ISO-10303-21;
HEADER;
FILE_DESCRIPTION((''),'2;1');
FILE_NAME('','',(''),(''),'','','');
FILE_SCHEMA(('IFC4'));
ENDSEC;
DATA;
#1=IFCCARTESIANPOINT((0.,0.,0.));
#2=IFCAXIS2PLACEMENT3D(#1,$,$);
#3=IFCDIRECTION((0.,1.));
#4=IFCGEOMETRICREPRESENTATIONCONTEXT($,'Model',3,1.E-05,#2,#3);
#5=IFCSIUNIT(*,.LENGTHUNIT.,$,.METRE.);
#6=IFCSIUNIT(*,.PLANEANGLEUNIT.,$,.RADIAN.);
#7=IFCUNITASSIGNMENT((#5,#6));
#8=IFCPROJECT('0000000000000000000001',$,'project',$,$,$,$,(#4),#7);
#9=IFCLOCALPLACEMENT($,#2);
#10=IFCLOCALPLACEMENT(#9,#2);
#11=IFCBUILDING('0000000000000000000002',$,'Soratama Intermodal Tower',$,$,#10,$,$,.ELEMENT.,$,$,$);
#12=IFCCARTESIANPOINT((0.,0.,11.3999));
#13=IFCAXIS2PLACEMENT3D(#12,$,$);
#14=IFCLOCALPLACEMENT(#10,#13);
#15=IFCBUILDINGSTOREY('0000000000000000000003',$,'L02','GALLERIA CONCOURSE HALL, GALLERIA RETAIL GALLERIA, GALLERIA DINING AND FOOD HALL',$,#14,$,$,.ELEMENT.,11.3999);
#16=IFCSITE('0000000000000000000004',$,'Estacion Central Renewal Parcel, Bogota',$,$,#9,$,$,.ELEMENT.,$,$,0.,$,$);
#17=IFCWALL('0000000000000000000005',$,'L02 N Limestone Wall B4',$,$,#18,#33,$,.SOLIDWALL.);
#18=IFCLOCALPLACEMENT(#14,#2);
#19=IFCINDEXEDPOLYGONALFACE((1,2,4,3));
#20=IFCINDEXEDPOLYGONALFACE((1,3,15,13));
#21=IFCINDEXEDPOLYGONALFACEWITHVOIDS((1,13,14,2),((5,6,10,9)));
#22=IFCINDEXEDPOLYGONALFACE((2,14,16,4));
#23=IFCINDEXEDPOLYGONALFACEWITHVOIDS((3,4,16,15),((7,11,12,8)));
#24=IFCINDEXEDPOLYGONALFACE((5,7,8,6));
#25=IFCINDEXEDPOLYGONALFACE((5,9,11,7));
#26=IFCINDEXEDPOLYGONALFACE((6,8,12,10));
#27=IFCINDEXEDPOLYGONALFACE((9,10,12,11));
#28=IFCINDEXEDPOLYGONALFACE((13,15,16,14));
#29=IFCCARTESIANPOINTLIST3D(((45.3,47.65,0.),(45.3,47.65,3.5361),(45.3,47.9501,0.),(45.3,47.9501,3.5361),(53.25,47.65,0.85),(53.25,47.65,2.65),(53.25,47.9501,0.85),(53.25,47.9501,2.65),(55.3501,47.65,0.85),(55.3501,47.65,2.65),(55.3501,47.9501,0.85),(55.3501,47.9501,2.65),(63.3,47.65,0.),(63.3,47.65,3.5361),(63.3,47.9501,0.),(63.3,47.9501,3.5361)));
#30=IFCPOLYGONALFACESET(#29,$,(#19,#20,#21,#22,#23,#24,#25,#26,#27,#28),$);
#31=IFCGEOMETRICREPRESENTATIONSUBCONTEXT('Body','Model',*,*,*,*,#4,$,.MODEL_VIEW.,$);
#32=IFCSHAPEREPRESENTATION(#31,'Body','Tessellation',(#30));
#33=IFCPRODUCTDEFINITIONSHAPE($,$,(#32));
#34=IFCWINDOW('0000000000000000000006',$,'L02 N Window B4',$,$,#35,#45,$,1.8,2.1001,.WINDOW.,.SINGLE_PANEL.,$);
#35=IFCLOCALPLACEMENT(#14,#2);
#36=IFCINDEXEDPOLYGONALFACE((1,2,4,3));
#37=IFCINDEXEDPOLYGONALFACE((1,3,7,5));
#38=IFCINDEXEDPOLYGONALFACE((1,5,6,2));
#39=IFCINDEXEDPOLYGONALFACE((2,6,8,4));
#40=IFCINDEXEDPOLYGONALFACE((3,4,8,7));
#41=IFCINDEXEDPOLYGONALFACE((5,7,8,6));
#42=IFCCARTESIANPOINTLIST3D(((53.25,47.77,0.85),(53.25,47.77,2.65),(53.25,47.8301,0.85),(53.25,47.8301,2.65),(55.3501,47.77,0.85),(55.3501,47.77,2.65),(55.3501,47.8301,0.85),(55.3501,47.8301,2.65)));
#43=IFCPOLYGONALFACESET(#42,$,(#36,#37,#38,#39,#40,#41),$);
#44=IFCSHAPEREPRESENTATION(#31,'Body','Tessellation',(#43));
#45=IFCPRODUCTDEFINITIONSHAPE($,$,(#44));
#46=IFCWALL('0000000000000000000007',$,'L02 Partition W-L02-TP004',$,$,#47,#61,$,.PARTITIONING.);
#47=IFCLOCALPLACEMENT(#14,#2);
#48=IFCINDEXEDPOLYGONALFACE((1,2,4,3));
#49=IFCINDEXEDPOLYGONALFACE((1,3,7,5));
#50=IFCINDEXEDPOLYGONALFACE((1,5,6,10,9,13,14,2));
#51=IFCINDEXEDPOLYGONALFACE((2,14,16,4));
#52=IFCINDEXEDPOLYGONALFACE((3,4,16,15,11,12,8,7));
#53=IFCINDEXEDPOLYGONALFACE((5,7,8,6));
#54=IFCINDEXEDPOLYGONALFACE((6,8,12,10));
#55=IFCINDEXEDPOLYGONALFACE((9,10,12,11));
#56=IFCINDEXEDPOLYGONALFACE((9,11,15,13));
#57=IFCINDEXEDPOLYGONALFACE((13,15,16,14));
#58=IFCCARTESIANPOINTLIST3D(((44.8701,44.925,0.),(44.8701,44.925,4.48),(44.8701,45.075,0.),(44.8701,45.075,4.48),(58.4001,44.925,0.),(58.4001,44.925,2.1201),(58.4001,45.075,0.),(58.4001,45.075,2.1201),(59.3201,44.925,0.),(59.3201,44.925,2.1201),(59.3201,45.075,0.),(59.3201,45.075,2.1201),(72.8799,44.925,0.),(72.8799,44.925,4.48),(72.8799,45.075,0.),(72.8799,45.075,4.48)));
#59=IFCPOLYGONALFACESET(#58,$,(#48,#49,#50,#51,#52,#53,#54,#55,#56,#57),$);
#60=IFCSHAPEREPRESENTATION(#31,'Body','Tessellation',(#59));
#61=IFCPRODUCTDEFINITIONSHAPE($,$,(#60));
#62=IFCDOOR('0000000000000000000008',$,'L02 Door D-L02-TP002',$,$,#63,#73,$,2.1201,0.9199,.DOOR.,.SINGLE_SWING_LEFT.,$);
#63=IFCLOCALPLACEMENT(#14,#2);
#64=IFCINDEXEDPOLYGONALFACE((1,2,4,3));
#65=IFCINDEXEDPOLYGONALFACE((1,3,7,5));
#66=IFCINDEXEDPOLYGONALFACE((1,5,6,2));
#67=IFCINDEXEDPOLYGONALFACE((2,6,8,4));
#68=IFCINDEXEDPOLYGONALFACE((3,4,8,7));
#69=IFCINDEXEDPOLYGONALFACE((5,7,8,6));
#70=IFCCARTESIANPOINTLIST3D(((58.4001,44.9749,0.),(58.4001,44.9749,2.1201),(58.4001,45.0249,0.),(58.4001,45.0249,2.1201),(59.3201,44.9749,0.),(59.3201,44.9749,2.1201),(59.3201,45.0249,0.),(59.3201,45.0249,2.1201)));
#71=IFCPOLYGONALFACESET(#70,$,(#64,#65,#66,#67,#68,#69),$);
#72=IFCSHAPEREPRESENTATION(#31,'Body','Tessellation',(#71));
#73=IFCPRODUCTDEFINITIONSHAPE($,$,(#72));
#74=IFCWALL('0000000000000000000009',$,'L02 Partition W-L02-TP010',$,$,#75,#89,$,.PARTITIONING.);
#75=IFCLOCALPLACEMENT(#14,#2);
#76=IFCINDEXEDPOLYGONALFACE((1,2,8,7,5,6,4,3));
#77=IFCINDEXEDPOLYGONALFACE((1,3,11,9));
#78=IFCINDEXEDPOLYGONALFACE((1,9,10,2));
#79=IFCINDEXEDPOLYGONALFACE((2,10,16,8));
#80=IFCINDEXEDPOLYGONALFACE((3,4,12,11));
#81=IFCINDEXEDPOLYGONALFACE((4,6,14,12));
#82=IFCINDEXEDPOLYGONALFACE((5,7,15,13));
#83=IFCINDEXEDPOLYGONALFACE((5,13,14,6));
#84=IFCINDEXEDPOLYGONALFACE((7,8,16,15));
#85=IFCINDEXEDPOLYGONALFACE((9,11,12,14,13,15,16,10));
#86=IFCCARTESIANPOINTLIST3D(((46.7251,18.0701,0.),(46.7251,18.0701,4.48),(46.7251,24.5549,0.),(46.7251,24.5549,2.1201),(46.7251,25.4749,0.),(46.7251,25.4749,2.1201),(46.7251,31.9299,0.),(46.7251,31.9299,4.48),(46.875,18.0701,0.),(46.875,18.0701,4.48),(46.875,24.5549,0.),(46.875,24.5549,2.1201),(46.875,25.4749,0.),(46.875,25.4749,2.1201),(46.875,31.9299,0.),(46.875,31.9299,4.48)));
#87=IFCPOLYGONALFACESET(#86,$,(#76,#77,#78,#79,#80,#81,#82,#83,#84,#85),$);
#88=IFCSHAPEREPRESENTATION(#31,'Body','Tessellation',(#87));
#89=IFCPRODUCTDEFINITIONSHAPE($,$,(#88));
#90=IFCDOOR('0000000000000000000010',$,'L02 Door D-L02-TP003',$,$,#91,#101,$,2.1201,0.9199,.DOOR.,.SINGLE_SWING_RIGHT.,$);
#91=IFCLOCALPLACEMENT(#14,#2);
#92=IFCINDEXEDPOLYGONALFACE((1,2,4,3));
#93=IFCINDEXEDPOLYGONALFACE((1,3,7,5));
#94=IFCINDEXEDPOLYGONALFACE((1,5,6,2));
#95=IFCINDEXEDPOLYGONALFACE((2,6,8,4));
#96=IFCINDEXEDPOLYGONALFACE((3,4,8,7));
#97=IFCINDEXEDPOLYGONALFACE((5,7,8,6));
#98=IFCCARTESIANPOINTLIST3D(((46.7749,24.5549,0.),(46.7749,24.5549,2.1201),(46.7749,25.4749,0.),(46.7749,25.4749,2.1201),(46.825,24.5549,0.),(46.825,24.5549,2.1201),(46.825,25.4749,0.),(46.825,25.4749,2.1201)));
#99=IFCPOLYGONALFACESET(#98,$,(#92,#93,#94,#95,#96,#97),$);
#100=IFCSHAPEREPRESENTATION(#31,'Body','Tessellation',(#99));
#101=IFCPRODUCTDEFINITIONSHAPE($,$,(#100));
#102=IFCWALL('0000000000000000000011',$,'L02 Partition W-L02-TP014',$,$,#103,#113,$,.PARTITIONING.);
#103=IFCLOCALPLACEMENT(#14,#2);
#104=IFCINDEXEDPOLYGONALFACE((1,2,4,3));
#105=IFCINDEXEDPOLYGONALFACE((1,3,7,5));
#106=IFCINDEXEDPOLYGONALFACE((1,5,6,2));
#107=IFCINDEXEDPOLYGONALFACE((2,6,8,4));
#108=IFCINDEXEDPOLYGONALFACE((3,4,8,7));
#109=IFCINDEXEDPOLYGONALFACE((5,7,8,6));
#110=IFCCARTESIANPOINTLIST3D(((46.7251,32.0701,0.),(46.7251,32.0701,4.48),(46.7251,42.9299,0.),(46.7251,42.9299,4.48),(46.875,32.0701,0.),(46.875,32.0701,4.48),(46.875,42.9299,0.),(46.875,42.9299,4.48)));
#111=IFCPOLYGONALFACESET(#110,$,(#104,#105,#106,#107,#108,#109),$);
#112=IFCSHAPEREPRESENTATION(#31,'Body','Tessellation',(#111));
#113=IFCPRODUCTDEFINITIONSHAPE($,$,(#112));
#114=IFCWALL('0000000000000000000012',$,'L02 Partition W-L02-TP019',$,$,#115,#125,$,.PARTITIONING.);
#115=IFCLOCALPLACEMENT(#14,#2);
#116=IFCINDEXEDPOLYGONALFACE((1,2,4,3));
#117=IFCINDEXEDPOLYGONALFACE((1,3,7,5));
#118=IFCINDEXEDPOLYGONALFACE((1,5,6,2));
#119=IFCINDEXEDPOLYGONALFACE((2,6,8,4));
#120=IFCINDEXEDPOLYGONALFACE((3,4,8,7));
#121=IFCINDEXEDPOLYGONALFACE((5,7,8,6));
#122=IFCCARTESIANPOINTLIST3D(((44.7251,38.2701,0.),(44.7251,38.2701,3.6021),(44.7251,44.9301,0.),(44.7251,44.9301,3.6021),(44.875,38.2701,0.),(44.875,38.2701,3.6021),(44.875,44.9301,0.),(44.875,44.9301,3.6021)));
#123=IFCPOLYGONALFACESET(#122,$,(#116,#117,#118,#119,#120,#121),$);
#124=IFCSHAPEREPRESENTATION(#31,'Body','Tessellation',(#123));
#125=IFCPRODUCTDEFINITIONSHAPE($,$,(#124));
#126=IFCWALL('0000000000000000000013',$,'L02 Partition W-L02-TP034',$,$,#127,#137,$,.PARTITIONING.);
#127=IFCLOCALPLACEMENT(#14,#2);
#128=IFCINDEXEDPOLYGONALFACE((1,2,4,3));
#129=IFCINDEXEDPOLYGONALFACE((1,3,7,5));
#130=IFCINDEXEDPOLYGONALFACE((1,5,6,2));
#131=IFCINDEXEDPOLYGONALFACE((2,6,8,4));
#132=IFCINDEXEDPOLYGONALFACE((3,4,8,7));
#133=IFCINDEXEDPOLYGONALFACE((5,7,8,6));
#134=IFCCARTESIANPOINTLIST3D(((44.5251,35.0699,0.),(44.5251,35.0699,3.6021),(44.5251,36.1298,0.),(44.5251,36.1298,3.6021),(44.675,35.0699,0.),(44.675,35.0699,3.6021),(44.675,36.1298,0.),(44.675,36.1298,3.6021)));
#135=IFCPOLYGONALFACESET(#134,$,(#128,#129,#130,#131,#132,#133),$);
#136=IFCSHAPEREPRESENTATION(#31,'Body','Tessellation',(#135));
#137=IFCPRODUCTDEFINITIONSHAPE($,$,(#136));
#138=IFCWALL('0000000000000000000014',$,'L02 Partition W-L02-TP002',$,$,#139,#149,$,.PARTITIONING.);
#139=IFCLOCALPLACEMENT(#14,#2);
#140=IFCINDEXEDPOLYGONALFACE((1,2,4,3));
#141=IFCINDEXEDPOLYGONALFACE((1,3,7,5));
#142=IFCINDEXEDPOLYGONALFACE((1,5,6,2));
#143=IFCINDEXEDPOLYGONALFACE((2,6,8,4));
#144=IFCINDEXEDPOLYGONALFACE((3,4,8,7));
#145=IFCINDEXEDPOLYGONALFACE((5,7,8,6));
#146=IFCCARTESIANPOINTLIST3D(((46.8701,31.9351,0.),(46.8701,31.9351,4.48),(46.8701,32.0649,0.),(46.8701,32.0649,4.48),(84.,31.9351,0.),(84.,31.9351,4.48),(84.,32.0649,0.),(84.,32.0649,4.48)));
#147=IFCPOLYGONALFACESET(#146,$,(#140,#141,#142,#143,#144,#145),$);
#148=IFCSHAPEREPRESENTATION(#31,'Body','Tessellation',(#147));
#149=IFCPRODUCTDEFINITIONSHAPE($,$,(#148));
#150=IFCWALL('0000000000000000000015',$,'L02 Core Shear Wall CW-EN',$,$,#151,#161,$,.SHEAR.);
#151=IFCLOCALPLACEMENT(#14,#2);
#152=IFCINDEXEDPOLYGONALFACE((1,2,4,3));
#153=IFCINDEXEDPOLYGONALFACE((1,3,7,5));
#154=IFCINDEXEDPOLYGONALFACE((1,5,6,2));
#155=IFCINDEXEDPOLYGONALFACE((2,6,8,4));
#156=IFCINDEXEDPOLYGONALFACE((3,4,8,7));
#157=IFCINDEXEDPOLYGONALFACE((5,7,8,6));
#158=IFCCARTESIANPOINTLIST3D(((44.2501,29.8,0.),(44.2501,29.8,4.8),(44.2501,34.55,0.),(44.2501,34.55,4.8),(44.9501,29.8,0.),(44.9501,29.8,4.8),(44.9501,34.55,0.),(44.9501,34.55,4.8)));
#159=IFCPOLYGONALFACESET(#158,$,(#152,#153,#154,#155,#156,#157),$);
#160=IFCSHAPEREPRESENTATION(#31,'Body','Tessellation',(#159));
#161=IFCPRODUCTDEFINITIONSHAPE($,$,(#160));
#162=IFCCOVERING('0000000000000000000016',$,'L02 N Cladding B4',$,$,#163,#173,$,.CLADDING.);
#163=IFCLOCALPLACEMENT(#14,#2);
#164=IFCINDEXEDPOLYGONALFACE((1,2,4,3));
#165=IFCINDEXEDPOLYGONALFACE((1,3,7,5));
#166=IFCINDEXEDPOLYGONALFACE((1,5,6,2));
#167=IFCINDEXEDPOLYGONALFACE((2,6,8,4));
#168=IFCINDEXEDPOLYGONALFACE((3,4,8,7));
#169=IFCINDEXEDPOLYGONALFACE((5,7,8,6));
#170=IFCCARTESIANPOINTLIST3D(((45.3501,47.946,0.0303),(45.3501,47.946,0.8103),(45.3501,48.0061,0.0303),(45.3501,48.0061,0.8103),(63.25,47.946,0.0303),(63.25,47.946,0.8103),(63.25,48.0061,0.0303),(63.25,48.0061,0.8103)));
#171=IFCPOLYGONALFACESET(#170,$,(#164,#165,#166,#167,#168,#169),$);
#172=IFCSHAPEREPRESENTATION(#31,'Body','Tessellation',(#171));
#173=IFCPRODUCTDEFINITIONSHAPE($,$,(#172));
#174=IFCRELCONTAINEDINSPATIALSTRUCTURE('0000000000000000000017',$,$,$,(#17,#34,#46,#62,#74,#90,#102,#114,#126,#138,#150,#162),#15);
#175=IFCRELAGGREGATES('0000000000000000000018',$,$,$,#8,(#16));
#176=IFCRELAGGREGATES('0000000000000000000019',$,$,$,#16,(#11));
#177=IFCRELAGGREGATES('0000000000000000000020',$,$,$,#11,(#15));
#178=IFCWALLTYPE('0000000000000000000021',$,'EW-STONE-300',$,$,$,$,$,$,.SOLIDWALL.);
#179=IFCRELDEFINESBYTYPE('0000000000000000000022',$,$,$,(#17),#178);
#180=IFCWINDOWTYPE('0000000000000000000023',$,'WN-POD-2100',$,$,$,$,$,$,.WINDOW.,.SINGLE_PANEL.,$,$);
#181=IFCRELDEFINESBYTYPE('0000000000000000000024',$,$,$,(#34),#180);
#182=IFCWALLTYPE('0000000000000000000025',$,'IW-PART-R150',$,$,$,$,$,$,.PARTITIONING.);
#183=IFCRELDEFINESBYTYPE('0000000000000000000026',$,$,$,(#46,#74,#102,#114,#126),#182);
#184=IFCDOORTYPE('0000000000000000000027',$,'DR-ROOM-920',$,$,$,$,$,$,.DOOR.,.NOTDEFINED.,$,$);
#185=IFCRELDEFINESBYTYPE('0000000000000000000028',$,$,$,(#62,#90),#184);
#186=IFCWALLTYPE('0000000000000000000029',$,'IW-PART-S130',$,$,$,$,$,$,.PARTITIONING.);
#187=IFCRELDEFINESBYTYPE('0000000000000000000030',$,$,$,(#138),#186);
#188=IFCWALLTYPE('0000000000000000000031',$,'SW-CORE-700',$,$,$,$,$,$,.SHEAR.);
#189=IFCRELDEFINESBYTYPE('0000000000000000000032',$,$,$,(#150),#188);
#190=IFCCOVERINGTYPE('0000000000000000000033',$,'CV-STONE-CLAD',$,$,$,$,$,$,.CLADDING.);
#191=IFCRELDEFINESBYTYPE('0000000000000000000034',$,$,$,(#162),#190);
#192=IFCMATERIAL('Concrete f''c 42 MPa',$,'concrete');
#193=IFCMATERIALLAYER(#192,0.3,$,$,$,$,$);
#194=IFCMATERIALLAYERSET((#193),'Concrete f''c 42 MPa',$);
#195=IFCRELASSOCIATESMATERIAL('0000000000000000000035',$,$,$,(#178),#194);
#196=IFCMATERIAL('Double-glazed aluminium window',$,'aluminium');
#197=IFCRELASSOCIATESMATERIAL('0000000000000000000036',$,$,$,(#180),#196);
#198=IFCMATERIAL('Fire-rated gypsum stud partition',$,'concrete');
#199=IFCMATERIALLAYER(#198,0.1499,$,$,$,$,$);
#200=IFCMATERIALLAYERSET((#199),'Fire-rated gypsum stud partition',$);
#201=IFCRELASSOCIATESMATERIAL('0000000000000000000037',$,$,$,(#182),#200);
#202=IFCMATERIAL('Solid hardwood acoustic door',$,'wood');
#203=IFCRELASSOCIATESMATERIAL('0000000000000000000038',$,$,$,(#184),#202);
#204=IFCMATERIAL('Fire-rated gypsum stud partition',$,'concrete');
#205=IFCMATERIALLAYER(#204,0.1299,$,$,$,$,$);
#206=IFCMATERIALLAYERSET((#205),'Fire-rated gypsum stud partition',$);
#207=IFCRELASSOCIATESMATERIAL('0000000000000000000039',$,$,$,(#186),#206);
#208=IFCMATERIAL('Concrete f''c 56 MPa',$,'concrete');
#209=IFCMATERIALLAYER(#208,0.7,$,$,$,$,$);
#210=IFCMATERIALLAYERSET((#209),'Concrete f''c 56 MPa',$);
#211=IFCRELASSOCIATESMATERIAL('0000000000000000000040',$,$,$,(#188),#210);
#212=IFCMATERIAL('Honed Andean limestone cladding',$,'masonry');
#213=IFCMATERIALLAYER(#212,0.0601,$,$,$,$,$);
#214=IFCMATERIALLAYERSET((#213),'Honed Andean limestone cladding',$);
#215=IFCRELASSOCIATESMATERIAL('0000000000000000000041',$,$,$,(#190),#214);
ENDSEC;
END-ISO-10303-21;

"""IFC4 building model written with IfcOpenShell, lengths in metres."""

from ifc_helpers import new_model, si_unit, direction, frame, frame_2d, origin, origin_2d, place, context, subcontext, project, spatial, rectangle, extrude, material, layer, layer_set, type_object, element, fill, save


model = new_model("IFC4")

# Units and contexts
model_context = context("Model", 3, precision=1e-05, world=origin(), true_north=direction((0.0, 1.0)))
body_context = subcontext(model_context, "Body", "Model", "MODEL_VIEW")
ifc_project = project(units=[si_unit("LENGTHUNIT", "METRE"), si_unit("PLANEANGLEUNIT", "RADIAN")], contexts=[model_context])

# Site, building, storey
site_placement = place(None, origin())
site = spatial("IfcSite", under=ifc_project, at=site_placement, Name="Estacion Central Renewal Parcel, Bogota", CompositionType="ELEMENT", RefElevation=0.0)
building_placement = place(site_placement, origin())
building = spatial("IfcBuilding", under=site, at=building_placement, Name="Soratama Intermodal Tower", CompositionType="ELEMENT")
storey_placement = place(building_placement, frame((0.0, 0.0, 11.3999)))
storey = spatial("IfcBuildingStorey", under=building, at=storey_placement, Name="L02", Description="GALLERIA CONCOURSE HALL, GALLERIA RETAIL GALLERIA, GALLERIA DINING AND FOOD HALL", CompositionType="ELEMENT", Elevation=11.3999)

# Wall, opening, window
ifc_material_1 = material(Name="Concrete f'c 42 MPa", Category="concrete")
ifc_layer_1 = layer(ifc_material_1, 0.3)
ifc_layer_set_1 = layer_set([ifc_layer_1], Name="Concrete f'c 42 MPa")
wall_type_1 = type_object("IfcWallType", Name="EW-STONE-300", PredefinedType="SOLIDWALL", material=ifc_layer_set_1)
wall_1_placement = place(storey_placement, frame((45.3, 47.8, 0.0), z_axis=(0.0, 0.0, 1.0), x_axis=(1.0, 0.0, 0.0)))
wall_1 = element("IfcWall", 1, at=wall_1_placement, inside=storey, type_object=wall_type_1, Name="L02 N Limestone Wall B4", PredefinedType="SOLIDWALL", context=body_context, shape_type="SweptSolid", body=[
    extrude(rectangle(XDim=18.0, YDim=0.3, at=frame_2d((9.0, 0.0))), origin(), (0.0, 0.0, 1.0), 3.5361),
])
opening_1_placement = place(wall_1_placement, frame((7.95, 0.0, 0.8501)))
opening_1 = element("IfcOpeningElement", 2, at=opening_1_placement, cuts=wall_1, PredefinedType="OPENING", context=body_context, shape_type="SweptSolid", body=[
    extrude(rectangle(XDim=2.1001, YDim=1.8, at=frame_2d((1.05, 0.8999))), frame((0.0, 0.1599, 0.0), z_axis=(0.0, -1.0, 0.0), x_axis=(1.0, 0.0, 0.0)), (0.0, 0.0, 1.0), 0.3201),
])
ifc_material_2 = material(Name="Double-glazed aluminium window", Category="aluminium")
window_type = type_object("IfcWindowType", Name="WN-POD-2100", PartitioningType="SINGLE_PANEL", PredefinedType="WINDOW", material=ifc_material_2)
window_placement = place(opening_1_placement, origin())
window = element("IfcWindow", 3, at=window_placement, inside=storey, type_object=window_type, Name="L02 N Window B4", OverallHeight=1.8, OverallWidth=2.1001, PartitioningType="SINGLE_PANEL", PredefinedType="WINDOW", context=body_context, shape_type="SweptSolid", body=[
    extrude(rectangle(XDim=2.1001, YDim=1.8, at=frame_2d((1.05, 0.8999))), frame((0.0, 0.03, 0.0), z_axis=(0.0, -1.0, 0.0), x_axis=(1.0, 0.0, 0.0)), (0.0, 0.0, 1.0), 0.0601),
])
fill(opening_1, window)

# Walls, openings, doors
ifc_material_3 = material(Name="Fire-rated gypsum stud partition", Category="concrete")
ifc_layer_2 = layer(ifc_material_3, 0.1499)
ifc_layer_set_2 = layer_set([ifc_layer_2], Name="Fire-rated gypsum stud partition")
wall_type_2 = type_object("IfcWallType", Name="IW-PART-R150", PredefinedType="PARTITIONING", material=ifc_layer_set_2)
wall_2_placement = place(storey_placement, frame((44.8701, 45.0, 0.0), z_axis=(0.0, 0.0, 1.0), x_axis=(1.0, 0.0, 0.0)))
wall_2 = element("IfcWall", 4, at=wall_2_placement, inside=storey, type_object=wall_type_2, Name="L02 Partition W-L02-TP004", PredefinedType="PARTITIONING", context=body_context, shape_type="SweptSolid", body=[
    extrude(rectangle(XDim=28.0098, YDim=0.1499, at=frame_2d((14.0049, 0.0))), origin(), (0.0, 0.0, 1.0), 4.48),
])
opening_2_placement = place(wall_2_placement, frame((13.53, 0.0, 0.0)))
opening_2 = element("IfcOpeningElement", 5, at=opening_2_placement, cuts=wall_2, PredefinedType="OPENING", context=body_context, shape_type="SweptSolid", body=[
    extrude(rectangle(XDim=0.9199, YDim=2.1201, at=frame_2d((0.46, 1.0601))), frame((0.0, 0.085, 0.0), z_axis=(0.0, -1.0, 0.0), x_axis=(1.0, 0.0, 0.0)), (0.0, 0.0, 1.0), 0.1699),
])
ifc_material_4 = material(Name="Solid hardwood acoustic door", Category="wood")
door_type = type_object("IfcDoorType", Name="DR-ROOM-920", OperationType="NOTDEFINED", PredefinedType="DOOR", material=ifc_material_4)
door_1_placement = place(opening_2_placement, origin())
door_1 = element("IfcDoor", 6, at=door_1_placement, inside=storey, type_object=door_type, Name="L02 Door D-L02-TP002", OperationType="SINGLE_SWING_LEFT", OverallHeight=2.1201, OverallWidth=0.9199, PredefinedType="DOOR", context=body_context, shape_type="SweptSolid", body=[
    extrude(rectangle(XDim=0.9199, YDim=2.1201, at=frame_2d((0.46, 1.0601))), frame((0.0, 0.0249, 0.0), z_axis=(0.0, -1.0, 0.0), x_axis=(1.0, 0.0, 0.0)), (0.0, 0.0, 1.0), 0.05),
])
fill(opening_2, door_1)
wall_3_placement = place(storey_placement, frame((46.8, 31.9299, 0.0), z_axis=(0.0, 0.0, 1.0), x_axis=(0.0, -1.0, 0.0)))
wall_3 = element("IfcWall", 7, at=wall_3_placement, inside=storey, type_object=wall_type_2, Name="L02 Partition W-L02-TP010", PredefinedType="PARTITIONING", context=body_context, shape_type="SweptSolid", body=[
    extrude(rectangle(XDim=13.8599, YDim=0.1499, at=frame_2d((6.9299, 0.0))), origin(), (0.0, 0.0, 1.0), 4.48),
])
opening_3_placement = place(wall_3_placement, frame((6.4551, 0.0, 0.0)))
opening_3 = element("IfcOpeningElement", 8, at=opening_3_placement, cuts=wall_3, PredefinedType="OPENING", context=body_context, shape_type="SweptSolid", body=[
    extrude(rectangle(XDim=0.9199, YDim=2.1201, at=frame_2d((0.46, 1.0601))), frame((0.0, 0.085, 0.0), z_axis=(0.0, -1.0, 0.0), x_axis=(1.0, 0.0, 0.0)), (0.0, 0.0, 1.0), 0.1699),
])
door_2_placement = place(opening_3_placement, origin())
door_2 = element("IfcDoor", 9, at=door_2_placement, inside=storey, type_object=door_type, Name="L02 Door D-L02-TP003", OperationType="SINGLE_SWING_RIGHT", OverallHeight=2.1201, OverallWidth=0.9199, PredefinedType="DOOR", context=body_context, shape_type="SweptSolid", body=[
    extrude(rectangle(XDim=0.9199, YDim=2.1201, at=frame_2d((0.46, 1.0601))), frame((0.0, 0.0249, 0.0), z_axis=(0.0, -1.0, 0.0), x_axis=(1.0, 0.0, 0.0)), (0.0, 0.0, 1.0), 0.05),
])
fill(opening_3, door_2)

# Walls
wall_4_placement = place(storey_placement, frame((46.8, 42.9299, 0.0), z_axis=(0.0, 0.0, 1.0), x_axis=(0.0, -1.0, 0.0)))
element("IfcWall", 10, at=wall_4_placement, inside=storey, type_object=wall_type_2, Name="L02 Partition W-L02-TP014", PredefinedType="PARTITIONING", context=body_context, shape_type="SweptSolid", body=[
    extrude(rectangle(XDim=10.8599, YDim=0.1499, at=frame_2d((5.4299, 0.0))), origin(), (0.0, 0.0, 1.0), 4.48),
])
wall_5_placement = place(storey_placement, frame((44.8, 38.27, 0.0), z_axis=(0.0, 0.0, 1.0), x_axis=(0.0, 1.0, 0.0)))
element("IfcWall", 11, at=wall_5_placement, inside=storey, type_object=wall_type_2, Name="L02 Partition W-L02-TP019", PredefinedType="PARTITIONING", context=body_context, shape_type="SweptSolid", body=[
    extrude(rectangle(XDim=6.6599, YDim=0.1499, at=frame_2d((3.3301, 0.0))), origin(), (0.0, 0.0, 1.0), 3.6021),
])
wall_6_placement = place(storey_placement, frame((44.6001, 35.0701, 0.0), z_axis=(0.0, 0.0, 1.0), x_axis=(0.0, 1.0, 0.0)))
element("IfcWall", 12, at=wall_6_placement, inside=storey, type_object=wall_type_2, Name="L02 Partition W-L02-TP034", PredefinedType="PARTITIONING", context=body_context, shape_type="SweptSolid", body=[
    extrude(rectangle(XDim=1.0598, YDim=0.1499, at=frame_2d((0.5298, 0.0))), origin(), (0.0, 0.0, 1.0), 3.6021),
])
ifc_material_5 = material(Name="Fire-rated gypsum stud partition", Category="concrete")
ifc_layer_3 = layer(ifc_material_5, 0.1299)
ifc_layer_set_3 = layer_set([ifc_layer_3], Name="Fire-rated gypsum stud partition")
wall_type_3 = type_object("IfcWallType", Name="IW-PART-S130", PredefinedType="PARTITIONING", material=ifc_layer_set_3)
wall_7_placement = place(storey_placement, frame((46.8701, 32.0, 0.0), z_axis=(0.0, 0.0, 1.0), x_axis=(1.0, 0.0, 0.0)))
element("IfcWall", 13, at=wall_7_placement, inside=storey, type_object=wall_type_3, Name="L02 Partition W-L02-TP002", PredefinedType="PARTITIONING", context=body_context, shape_type="SweptSolid", body=[
    extrude(rectangle(XDim=37.1299, YDim=0.1299, at=frame_2d((18.5649, 0.0))), origin(), (0.0, 0.0, 1.0), 4.48),
])
ifc_material_6 = material(Name="Concrete f'c 56 MPa", Category="concrete")
ifc_layer_4 = layer(ifc_material_6, 0.7)
ifc_layer_set_4 = layer_set([ifc_layer_4], Name="Concrete f'c 56 MPa")
wall_type_4 = type_object("IfcWallType", Name="SW-CORE-700", PredefinedType="SHEAR", material=ifc_layer_set_4)
wall_8_placement = place(storey_placement, frame((44.6001, 29.8, 0.0), z_axis=(0.0, 0.0, 1.0), x_axis=(0.0, 1.0, 0.0)))
element("IfcWall", 14, at=wall_8_placement, inside=storey, type_object=wall_type_4, Name="L02 Core Shear Wall CW-EN", PredefinedType="SHEAR", context=body_context, shape_type="SweptSolid", body=[
    extrude(rectangle(XDim=4.75, YDim=0.7, at=frame_2d((2.375, 0.0))), origin(), (0.0, 0.0, 1.0), 4.8),
])

# Covering
ifc_material_7 = material(Name="Honed Andean limestone cladding", Category="masonry")
ifc_layer_5 = layer(ifc_material_7, 0.0601)
ifc_layer_set_5 = layer_set([ifc_layer_5], Name="Honed Andean limestone cladding")
covering_type = type_object("IfcCoveringType", Name="CV-STONE-CLAD", PredefinedType="CLADDING", material=ifc_layer_set_5)
covering_placement = place(storey_placement, frame((54.3, 47.9761, 0.0303), z_axis=(0.0, 0.0, 1.0), x_axis=(1.0, 0.0, 0.0)))
element("IfcCovering", 15, at=covering_placement, inside=storey, type_object=covering_type, Name="L02 N Cladding B4", PredefinedType="CLADDING", context=body_context, shape_type="SweptSolid", body=[
    extrude(rectangle(XDim=17.8999, YDim=0.0601, at=origin_2d()), origin(), (0.0, 0.0, 1.0), 0.78),
])

save(model, "model.ifc")
